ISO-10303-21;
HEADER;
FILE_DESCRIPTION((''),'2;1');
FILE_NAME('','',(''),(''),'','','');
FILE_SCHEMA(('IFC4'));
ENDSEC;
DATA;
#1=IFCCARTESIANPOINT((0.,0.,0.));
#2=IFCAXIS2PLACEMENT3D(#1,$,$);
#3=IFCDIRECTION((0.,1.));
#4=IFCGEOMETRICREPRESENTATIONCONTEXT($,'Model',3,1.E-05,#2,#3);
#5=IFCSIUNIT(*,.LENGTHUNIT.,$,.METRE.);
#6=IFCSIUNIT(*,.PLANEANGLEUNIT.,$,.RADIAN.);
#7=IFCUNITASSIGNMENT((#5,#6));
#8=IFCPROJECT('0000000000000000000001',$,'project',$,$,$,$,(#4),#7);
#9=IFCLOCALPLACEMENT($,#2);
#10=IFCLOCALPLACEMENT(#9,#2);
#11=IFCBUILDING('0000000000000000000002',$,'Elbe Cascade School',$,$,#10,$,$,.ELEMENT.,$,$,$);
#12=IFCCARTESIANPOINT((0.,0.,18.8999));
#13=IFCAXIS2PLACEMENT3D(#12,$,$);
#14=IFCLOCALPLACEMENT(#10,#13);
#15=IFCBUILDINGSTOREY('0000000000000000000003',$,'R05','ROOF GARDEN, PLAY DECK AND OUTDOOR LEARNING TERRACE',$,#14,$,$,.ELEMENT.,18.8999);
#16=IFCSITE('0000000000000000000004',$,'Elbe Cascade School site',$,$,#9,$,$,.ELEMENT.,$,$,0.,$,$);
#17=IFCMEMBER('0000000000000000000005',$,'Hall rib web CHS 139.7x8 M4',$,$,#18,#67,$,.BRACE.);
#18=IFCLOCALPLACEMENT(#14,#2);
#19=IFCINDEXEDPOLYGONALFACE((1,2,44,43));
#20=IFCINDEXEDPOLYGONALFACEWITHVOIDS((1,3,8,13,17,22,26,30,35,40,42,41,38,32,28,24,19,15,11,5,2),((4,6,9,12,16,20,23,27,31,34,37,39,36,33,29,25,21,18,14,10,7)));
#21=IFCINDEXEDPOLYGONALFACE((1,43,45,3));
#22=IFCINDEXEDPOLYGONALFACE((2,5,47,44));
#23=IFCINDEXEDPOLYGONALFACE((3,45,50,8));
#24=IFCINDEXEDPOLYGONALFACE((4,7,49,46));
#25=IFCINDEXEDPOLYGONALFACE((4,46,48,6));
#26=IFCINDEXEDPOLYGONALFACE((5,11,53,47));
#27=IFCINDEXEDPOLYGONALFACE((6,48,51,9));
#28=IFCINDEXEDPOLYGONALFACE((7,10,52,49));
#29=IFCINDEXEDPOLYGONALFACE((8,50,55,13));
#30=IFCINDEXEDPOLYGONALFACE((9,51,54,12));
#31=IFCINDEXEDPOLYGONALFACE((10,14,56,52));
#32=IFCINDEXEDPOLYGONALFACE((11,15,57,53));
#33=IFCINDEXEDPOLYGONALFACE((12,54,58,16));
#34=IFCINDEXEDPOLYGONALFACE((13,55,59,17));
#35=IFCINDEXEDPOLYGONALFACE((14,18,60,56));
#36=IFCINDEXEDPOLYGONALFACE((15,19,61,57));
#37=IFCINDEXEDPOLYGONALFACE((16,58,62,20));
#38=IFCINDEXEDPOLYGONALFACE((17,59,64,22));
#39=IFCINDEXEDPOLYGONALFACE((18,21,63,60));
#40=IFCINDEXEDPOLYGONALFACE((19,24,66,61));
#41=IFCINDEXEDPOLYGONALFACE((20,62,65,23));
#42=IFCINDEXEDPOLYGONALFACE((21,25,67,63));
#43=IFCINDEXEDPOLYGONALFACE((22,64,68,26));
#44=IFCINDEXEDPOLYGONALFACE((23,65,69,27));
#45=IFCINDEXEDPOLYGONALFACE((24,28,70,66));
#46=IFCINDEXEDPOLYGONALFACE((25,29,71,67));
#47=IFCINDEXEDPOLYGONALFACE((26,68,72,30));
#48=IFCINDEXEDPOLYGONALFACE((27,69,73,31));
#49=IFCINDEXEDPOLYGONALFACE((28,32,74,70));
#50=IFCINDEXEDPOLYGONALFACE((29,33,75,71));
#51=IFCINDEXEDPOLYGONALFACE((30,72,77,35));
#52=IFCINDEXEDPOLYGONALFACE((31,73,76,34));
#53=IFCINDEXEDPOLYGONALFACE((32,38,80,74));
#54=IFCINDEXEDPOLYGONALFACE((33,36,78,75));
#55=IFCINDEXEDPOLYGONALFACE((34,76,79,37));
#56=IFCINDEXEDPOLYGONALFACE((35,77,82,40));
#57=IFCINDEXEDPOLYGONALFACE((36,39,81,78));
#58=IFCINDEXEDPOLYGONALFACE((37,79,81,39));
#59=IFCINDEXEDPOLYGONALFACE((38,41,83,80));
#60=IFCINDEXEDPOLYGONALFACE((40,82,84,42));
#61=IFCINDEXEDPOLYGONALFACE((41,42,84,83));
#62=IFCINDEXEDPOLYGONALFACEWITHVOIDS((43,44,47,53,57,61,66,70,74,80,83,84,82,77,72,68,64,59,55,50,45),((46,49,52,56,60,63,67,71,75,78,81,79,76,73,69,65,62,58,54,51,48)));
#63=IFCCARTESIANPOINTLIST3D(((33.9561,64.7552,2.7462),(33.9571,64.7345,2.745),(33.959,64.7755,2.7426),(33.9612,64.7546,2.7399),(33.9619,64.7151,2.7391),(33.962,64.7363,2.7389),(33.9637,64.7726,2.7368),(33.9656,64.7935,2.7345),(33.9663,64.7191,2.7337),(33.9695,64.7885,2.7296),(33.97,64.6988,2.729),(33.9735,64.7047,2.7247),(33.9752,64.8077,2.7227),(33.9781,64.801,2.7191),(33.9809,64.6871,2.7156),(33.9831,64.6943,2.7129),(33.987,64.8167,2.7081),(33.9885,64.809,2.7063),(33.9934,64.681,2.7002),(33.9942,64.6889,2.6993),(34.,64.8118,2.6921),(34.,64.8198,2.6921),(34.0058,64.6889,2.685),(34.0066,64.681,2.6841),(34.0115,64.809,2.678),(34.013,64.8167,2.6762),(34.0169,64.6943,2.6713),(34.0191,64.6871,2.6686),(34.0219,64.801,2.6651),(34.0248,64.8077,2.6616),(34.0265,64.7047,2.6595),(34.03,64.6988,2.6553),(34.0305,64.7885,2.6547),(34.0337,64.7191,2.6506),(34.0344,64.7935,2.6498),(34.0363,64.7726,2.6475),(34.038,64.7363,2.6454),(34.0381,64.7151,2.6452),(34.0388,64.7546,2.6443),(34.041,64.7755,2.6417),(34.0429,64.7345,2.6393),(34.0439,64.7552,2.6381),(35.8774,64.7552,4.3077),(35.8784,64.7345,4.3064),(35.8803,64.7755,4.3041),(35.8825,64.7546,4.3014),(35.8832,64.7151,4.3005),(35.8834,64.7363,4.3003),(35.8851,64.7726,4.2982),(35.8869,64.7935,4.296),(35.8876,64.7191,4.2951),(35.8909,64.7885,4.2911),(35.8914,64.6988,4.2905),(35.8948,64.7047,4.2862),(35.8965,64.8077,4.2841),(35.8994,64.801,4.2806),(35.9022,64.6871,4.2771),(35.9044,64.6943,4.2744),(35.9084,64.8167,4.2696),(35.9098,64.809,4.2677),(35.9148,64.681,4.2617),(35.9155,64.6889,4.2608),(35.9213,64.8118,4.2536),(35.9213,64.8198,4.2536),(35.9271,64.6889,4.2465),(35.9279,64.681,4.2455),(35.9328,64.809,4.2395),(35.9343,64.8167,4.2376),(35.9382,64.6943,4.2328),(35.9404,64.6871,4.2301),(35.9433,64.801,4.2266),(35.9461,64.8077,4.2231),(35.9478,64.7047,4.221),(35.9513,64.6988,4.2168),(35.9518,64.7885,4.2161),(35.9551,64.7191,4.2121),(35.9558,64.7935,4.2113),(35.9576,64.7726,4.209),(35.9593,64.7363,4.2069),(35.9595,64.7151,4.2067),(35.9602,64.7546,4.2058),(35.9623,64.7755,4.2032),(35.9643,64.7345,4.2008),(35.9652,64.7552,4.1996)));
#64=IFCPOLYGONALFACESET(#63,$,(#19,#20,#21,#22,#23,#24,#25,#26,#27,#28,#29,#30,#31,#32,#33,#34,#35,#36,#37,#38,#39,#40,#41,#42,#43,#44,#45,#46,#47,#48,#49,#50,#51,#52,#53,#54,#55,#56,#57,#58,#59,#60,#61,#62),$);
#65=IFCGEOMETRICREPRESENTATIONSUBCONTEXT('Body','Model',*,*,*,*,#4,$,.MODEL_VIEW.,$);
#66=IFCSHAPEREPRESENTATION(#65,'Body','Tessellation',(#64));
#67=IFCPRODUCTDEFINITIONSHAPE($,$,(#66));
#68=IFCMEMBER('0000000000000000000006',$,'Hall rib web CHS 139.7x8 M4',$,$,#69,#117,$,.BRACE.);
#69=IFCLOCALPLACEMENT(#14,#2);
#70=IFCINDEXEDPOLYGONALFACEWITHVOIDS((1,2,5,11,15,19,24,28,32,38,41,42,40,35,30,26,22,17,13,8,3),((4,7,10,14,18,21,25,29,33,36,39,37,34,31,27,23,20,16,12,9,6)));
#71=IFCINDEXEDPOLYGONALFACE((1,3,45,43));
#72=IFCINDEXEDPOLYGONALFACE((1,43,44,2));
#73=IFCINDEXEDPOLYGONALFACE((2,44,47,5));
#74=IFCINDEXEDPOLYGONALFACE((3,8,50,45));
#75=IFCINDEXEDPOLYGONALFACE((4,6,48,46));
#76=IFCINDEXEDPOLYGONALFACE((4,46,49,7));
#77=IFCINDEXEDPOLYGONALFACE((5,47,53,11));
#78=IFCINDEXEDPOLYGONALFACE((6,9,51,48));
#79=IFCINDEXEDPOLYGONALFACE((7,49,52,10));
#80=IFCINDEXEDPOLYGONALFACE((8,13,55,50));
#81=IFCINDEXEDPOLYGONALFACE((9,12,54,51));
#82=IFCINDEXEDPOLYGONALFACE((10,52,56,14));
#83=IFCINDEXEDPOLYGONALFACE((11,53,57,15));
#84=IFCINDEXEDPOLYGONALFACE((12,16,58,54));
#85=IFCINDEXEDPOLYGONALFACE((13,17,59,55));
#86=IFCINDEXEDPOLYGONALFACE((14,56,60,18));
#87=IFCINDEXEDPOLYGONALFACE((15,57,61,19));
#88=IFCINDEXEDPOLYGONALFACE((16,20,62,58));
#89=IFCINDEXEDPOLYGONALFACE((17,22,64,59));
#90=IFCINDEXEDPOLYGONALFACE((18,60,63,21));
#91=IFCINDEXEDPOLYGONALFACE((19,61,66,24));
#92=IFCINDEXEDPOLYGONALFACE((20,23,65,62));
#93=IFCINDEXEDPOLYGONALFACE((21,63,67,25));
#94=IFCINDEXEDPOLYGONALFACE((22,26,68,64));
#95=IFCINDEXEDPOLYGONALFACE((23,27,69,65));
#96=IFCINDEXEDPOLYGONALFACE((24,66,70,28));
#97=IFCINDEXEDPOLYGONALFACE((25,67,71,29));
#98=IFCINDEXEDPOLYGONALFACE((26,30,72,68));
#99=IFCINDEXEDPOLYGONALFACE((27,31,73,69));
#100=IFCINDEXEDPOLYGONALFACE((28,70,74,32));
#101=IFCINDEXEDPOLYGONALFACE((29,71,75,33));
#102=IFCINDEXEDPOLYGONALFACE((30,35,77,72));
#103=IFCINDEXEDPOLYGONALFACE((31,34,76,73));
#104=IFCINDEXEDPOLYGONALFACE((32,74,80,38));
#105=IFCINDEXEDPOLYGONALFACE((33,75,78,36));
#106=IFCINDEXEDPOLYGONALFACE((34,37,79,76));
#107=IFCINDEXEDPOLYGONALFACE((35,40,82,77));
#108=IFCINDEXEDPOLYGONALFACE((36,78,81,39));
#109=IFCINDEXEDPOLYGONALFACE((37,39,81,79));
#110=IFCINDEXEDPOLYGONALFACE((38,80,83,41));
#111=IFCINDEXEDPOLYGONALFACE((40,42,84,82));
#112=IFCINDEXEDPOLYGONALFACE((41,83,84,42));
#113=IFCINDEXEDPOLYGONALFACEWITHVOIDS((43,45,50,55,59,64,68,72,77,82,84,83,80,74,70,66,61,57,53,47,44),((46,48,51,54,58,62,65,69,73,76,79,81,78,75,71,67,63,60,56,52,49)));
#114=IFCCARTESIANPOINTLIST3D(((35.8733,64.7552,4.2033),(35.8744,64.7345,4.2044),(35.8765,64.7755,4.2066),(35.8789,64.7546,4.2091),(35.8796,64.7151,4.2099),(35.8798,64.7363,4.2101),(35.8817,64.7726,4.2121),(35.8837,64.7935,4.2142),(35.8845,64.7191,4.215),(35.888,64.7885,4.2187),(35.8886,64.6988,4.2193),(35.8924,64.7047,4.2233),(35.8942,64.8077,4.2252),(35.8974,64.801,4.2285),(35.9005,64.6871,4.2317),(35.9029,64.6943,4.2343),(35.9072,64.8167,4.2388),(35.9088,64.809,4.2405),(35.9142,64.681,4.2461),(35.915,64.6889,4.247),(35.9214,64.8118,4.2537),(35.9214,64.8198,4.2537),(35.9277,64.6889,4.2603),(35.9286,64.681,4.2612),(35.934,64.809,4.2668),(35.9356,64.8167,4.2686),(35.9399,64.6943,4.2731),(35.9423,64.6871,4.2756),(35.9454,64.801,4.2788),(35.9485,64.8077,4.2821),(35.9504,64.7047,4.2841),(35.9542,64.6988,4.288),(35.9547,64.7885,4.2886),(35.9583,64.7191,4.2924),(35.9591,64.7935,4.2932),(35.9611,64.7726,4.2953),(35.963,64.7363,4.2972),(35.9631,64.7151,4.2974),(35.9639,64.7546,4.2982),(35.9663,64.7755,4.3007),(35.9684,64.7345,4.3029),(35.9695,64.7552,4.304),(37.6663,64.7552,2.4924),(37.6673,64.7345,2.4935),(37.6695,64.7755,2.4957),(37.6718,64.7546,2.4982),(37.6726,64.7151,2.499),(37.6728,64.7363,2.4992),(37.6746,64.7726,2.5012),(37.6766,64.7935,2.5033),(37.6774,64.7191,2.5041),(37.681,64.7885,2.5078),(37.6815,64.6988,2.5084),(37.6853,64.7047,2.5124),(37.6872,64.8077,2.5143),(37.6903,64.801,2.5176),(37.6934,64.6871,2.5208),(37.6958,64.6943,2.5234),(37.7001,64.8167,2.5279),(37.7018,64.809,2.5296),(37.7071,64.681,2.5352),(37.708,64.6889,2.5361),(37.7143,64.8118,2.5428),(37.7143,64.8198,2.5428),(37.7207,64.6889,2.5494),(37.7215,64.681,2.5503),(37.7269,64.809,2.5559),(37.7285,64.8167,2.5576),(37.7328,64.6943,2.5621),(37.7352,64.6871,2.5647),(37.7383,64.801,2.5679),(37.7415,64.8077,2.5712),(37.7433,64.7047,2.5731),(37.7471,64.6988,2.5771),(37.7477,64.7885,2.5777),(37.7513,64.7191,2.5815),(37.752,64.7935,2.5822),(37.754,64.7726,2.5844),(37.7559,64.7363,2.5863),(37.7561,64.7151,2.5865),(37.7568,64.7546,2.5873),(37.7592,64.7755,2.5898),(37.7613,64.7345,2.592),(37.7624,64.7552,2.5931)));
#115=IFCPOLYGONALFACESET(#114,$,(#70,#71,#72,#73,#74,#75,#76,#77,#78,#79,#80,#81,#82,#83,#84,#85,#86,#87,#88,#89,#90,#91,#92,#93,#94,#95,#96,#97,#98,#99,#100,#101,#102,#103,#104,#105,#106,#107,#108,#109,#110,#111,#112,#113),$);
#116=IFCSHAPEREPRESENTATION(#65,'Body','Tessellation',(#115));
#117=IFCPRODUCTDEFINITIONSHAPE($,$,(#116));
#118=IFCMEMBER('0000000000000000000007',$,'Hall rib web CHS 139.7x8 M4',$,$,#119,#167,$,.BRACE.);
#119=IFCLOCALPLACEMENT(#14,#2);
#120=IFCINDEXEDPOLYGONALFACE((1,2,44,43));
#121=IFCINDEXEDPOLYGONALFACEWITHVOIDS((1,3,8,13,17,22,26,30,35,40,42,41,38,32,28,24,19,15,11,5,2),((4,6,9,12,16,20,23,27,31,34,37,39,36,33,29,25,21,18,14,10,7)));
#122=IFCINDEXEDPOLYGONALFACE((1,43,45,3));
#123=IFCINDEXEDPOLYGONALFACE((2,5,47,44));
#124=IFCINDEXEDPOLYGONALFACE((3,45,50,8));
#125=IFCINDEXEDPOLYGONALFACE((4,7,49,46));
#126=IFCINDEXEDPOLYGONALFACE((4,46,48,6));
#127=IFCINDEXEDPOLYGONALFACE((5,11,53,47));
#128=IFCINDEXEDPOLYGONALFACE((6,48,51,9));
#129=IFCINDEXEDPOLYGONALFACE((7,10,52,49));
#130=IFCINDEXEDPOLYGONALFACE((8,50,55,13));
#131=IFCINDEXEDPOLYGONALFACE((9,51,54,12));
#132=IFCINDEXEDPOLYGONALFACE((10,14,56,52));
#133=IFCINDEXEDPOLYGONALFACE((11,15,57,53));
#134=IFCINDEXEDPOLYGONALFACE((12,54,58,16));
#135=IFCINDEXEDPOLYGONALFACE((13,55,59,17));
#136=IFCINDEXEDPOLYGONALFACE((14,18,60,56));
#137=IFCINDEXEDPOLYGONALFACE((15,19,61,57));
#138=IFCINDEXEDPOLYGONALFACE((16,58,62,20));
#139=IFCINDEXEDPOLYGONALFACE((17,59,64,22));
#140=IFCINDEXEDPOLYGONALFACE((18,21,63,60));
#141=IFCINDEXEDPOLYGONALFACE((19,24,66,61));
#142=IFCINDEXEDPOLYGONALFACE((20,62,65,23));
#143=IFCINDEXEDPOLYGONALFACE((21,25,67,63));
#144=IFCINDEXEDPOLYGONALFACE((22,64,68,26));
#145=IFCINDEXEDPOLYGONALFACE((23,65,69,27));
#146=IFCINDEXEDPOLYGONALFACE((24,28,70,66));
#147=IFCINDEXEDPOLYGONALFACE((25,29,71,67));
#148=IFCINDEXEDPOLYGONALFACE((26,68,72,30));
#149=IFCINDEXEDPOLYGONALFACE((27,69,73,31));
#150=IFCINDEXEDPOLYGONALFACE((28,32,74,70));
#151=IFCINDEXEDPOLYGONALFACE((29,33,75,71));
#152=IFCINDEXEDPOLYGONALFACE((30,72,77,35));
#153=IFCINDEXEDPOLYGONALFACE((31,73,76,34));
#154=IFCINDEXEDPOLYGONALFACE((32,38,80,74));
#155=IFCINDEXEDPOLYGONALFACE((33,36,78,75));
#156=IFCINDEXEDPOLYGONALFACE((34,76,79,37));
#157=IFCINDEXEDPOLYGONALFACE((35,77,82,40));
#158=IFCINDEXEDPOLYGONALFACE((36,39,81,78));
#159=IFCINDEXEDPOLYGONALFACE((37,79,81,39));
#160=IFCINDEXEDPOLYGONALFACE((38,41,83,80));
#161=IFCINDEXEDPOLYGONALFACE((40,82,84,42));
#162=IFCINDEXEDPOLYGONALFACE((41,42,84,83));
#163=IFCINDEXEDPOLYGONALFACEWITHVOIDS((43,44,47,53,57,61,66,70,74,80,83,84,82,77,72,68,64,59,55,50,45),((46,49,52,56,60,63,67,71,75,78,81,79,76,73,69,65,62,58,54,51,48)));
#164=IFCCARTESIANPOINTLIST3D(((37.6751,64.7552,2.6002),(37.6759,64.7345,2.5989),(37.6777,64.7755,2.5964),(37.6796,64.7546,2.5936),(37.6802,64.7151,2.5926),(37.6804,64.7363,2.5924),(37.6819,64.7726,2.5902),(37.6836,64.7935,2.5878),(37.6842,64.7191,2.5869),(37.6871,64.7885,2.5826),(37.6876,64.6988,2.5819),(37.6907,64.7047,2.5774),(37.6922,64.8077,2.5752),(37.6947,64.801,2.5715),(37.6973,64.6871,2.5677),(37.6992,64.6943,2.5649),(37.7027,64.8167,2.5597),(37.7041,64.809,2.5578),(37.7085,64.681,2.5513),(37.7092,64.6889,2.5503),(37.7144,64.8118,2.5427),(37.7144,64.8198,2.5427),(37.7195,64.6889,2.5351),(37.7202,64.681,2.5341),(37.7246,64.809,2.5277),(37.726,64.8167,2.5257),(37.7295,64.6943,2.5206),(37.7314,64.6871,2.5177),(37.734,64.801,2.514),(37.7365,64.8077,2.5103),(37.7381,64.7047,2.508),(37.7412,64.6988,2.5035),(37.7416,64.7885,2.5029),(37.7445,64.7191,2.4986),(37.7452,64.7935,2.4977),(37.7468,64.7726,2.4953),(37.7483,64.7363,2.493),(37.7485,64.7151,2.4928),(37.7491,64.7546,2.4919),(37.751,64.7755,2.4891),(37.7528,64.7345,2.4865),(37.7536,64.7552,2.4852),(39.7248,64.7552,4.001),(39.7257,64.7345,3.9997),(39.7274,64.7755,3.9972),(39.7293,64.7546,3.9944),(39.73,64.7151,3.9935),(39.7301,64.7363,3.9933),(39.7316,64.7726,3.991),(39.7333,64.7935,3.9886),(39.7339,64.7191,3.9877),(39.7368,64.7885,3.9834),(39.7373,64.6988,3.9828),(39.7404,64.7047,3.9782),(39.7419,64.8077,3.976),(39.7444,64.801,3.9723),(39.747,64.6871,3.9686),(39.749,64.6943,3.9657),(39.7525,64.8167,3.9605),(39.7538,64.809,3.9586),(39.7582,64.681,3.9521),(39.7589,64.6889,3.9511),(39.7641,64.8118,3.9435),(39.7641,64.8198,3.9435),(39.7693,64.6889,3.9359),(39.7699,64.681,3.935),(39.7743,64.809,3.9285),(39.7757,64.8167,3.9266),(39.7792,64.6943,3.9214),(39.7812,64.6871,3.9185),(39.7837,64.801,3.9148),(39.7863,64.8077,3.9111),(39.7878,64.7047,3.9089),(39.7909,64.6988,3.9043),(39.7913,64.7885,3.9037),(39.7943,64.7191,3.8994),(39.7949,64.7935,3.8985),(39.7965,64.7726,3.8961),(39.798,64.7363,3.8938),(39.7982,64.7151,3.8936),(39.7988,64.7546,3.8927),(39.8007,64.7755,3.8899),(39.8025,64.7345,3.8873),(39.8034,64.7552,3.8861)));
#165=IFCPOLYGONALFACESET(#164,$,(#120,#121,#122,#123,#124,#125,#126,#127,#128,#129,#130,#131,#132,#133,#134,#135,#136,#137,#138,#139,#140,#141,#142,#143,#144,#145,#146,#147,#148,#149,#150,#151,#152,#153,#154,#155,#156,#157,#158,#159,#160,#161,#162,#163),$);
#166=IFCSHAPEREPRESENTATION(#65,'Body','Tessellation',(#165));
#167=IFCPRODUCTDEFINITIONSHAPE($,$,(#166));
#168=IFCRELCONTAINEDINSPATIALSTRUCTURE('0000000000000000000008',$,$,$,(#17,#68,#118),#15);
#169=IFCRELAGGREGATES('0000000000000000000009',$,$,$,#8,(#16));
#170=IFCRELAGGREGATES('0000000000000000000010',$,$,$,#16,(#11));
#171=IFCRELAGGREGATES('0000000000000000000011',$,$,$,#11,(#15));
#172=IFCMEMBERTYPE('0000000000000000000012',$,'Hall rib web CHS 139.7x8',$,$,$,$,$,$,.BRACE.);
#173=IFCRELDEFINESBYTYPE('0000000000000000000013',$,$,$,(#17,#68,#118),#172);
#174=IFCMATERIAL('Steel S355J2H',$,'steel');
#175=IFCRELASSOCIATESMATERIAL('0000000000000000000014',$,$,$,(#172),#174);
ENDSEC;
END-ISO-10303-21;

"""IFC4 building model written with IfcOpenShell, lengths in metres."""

from ifc_helpers import new_model, si_unit, direction, frame, origin, origin_2d, place, context, subcontext, project, spatial, hollow_circle, extrude, material, material_profile, profile_set, type_object, element, save


model = new_model("IFC4")

# Units and contexts
model_context = context("Model", 3, precision=1e-05, world=origin(), true_north=direction((0.0, 1.0)))
body_context = subcontext(model_context, "Body", "Model", "MODEL_VIEW")
ifc_project = project(units=[si_unit("LENGTHUNIT", "METRE"), si_unit("PLANEANGLEUNIT", "RADIAN")], contexts=[model_context])

# Site, building, storey
site_placement = place(None, origin())
site = spatial("IfcSite", under=ifc_project, at=site_placement, Name="Elbe Cascade School site", CompositionType="ELEMENT", RefElevation=0.0)
building_placement = place(site_placement, origin())
building = spatial("IfcBuilding", under=site, at=building_placement, Name="Elbe Cascade School", CompositionType="ELEMENT")
storey_placement = place(building_placement, frame((0.0, 0.0, 18.8999)))
storey = spatial("IfcBuildingStorey", under=building, at=storey_placement, Name="R05", Description="ROOF GARDEN, PLAY DECK AND OUTDOOR LEARNING TERRACE", CompositionType="ELEMENT", Elevation=18.8999)

# Members
ifc_material_1 = material(Name="Steel S355J2H", Category="steel")
ifc_material_profile_1 = material_profile(ifc_material_1, hollow_circle(Radius=0.0698, WallThickness=0.0081, at=origin_2d()), Name="CHS 139.7x8")
ifc_profile_set_1 = profile_set([ifc_material_profile_1], Name="Steel S355J2H")
member_type_1 = type_object("IfcMemberType", Name="Hall rib web CHS 139.7x8", PredefinedType="BRACE", material=ifc_profile_set_1)
member_1_placement = place(storey_placement, frame((34.0, 64.75, 2.6921), z_axis=(0.776036, 0.0, 0.630689), x_axis=(0.0, 1.0, 0.0)))
element("IfcMember", 1, at=member_1_placement, inside=storey, type_object=member_type_1, Name="Hall rib web CHS 139.7x8 M4", PredefinedType="BRACE", context=body_context, shape_type="SweptSolid", body=[
    extrude(hollow_circle(Radius=0.0698, WallThickness=0.0081, at=origin_2d()), origin(), (0.0, 0.0, 1.0), 2.4758),
])
member_2_placement = place(storey_placement, frame((35.9214, 64.75, 4.2537), z_axis=(0.723463, 0.0, -0.690363), x_axis=(0.0, 1.0, 0.0)))
element("IfcMember", 2, at=member_2_placement, inside=storey, type_object=member_type_1, Name="Hall rib web CHS 139.7x8 M4", PredefinedType="BRACE", context=body_context, shape_type="SweptSolid", body=[
    extrude(hollow_circle(Radius=0.0698, WallThickness=0.0081, at=origin_2d()), origin(), (0.0, 0.0, 1.0), 2.4783),
])
member_3_placement = place(storey_placement, frame((37.7144, 64.75, 2.5427), z_axis=(0.825611, 0.0, 0.56424), x_axis=(0.0, 1.0, 0.0)))
element("IfcMember", 3, at=member_3_placement, inside=storey, type_object=member_type_1, Name="Hall rib web CHS 139.7x8 M4", PredefinedType="BRACE", context=body_context, shape_type="SweptSolid", body=[
    extrude(hollow_circle(Radius=0.0698, WallThickness=0.0081, at=origin_2d()), origin(), (0.0, 0.0, 1.0), 2.4827),
])

save(model, "model.ifc")
